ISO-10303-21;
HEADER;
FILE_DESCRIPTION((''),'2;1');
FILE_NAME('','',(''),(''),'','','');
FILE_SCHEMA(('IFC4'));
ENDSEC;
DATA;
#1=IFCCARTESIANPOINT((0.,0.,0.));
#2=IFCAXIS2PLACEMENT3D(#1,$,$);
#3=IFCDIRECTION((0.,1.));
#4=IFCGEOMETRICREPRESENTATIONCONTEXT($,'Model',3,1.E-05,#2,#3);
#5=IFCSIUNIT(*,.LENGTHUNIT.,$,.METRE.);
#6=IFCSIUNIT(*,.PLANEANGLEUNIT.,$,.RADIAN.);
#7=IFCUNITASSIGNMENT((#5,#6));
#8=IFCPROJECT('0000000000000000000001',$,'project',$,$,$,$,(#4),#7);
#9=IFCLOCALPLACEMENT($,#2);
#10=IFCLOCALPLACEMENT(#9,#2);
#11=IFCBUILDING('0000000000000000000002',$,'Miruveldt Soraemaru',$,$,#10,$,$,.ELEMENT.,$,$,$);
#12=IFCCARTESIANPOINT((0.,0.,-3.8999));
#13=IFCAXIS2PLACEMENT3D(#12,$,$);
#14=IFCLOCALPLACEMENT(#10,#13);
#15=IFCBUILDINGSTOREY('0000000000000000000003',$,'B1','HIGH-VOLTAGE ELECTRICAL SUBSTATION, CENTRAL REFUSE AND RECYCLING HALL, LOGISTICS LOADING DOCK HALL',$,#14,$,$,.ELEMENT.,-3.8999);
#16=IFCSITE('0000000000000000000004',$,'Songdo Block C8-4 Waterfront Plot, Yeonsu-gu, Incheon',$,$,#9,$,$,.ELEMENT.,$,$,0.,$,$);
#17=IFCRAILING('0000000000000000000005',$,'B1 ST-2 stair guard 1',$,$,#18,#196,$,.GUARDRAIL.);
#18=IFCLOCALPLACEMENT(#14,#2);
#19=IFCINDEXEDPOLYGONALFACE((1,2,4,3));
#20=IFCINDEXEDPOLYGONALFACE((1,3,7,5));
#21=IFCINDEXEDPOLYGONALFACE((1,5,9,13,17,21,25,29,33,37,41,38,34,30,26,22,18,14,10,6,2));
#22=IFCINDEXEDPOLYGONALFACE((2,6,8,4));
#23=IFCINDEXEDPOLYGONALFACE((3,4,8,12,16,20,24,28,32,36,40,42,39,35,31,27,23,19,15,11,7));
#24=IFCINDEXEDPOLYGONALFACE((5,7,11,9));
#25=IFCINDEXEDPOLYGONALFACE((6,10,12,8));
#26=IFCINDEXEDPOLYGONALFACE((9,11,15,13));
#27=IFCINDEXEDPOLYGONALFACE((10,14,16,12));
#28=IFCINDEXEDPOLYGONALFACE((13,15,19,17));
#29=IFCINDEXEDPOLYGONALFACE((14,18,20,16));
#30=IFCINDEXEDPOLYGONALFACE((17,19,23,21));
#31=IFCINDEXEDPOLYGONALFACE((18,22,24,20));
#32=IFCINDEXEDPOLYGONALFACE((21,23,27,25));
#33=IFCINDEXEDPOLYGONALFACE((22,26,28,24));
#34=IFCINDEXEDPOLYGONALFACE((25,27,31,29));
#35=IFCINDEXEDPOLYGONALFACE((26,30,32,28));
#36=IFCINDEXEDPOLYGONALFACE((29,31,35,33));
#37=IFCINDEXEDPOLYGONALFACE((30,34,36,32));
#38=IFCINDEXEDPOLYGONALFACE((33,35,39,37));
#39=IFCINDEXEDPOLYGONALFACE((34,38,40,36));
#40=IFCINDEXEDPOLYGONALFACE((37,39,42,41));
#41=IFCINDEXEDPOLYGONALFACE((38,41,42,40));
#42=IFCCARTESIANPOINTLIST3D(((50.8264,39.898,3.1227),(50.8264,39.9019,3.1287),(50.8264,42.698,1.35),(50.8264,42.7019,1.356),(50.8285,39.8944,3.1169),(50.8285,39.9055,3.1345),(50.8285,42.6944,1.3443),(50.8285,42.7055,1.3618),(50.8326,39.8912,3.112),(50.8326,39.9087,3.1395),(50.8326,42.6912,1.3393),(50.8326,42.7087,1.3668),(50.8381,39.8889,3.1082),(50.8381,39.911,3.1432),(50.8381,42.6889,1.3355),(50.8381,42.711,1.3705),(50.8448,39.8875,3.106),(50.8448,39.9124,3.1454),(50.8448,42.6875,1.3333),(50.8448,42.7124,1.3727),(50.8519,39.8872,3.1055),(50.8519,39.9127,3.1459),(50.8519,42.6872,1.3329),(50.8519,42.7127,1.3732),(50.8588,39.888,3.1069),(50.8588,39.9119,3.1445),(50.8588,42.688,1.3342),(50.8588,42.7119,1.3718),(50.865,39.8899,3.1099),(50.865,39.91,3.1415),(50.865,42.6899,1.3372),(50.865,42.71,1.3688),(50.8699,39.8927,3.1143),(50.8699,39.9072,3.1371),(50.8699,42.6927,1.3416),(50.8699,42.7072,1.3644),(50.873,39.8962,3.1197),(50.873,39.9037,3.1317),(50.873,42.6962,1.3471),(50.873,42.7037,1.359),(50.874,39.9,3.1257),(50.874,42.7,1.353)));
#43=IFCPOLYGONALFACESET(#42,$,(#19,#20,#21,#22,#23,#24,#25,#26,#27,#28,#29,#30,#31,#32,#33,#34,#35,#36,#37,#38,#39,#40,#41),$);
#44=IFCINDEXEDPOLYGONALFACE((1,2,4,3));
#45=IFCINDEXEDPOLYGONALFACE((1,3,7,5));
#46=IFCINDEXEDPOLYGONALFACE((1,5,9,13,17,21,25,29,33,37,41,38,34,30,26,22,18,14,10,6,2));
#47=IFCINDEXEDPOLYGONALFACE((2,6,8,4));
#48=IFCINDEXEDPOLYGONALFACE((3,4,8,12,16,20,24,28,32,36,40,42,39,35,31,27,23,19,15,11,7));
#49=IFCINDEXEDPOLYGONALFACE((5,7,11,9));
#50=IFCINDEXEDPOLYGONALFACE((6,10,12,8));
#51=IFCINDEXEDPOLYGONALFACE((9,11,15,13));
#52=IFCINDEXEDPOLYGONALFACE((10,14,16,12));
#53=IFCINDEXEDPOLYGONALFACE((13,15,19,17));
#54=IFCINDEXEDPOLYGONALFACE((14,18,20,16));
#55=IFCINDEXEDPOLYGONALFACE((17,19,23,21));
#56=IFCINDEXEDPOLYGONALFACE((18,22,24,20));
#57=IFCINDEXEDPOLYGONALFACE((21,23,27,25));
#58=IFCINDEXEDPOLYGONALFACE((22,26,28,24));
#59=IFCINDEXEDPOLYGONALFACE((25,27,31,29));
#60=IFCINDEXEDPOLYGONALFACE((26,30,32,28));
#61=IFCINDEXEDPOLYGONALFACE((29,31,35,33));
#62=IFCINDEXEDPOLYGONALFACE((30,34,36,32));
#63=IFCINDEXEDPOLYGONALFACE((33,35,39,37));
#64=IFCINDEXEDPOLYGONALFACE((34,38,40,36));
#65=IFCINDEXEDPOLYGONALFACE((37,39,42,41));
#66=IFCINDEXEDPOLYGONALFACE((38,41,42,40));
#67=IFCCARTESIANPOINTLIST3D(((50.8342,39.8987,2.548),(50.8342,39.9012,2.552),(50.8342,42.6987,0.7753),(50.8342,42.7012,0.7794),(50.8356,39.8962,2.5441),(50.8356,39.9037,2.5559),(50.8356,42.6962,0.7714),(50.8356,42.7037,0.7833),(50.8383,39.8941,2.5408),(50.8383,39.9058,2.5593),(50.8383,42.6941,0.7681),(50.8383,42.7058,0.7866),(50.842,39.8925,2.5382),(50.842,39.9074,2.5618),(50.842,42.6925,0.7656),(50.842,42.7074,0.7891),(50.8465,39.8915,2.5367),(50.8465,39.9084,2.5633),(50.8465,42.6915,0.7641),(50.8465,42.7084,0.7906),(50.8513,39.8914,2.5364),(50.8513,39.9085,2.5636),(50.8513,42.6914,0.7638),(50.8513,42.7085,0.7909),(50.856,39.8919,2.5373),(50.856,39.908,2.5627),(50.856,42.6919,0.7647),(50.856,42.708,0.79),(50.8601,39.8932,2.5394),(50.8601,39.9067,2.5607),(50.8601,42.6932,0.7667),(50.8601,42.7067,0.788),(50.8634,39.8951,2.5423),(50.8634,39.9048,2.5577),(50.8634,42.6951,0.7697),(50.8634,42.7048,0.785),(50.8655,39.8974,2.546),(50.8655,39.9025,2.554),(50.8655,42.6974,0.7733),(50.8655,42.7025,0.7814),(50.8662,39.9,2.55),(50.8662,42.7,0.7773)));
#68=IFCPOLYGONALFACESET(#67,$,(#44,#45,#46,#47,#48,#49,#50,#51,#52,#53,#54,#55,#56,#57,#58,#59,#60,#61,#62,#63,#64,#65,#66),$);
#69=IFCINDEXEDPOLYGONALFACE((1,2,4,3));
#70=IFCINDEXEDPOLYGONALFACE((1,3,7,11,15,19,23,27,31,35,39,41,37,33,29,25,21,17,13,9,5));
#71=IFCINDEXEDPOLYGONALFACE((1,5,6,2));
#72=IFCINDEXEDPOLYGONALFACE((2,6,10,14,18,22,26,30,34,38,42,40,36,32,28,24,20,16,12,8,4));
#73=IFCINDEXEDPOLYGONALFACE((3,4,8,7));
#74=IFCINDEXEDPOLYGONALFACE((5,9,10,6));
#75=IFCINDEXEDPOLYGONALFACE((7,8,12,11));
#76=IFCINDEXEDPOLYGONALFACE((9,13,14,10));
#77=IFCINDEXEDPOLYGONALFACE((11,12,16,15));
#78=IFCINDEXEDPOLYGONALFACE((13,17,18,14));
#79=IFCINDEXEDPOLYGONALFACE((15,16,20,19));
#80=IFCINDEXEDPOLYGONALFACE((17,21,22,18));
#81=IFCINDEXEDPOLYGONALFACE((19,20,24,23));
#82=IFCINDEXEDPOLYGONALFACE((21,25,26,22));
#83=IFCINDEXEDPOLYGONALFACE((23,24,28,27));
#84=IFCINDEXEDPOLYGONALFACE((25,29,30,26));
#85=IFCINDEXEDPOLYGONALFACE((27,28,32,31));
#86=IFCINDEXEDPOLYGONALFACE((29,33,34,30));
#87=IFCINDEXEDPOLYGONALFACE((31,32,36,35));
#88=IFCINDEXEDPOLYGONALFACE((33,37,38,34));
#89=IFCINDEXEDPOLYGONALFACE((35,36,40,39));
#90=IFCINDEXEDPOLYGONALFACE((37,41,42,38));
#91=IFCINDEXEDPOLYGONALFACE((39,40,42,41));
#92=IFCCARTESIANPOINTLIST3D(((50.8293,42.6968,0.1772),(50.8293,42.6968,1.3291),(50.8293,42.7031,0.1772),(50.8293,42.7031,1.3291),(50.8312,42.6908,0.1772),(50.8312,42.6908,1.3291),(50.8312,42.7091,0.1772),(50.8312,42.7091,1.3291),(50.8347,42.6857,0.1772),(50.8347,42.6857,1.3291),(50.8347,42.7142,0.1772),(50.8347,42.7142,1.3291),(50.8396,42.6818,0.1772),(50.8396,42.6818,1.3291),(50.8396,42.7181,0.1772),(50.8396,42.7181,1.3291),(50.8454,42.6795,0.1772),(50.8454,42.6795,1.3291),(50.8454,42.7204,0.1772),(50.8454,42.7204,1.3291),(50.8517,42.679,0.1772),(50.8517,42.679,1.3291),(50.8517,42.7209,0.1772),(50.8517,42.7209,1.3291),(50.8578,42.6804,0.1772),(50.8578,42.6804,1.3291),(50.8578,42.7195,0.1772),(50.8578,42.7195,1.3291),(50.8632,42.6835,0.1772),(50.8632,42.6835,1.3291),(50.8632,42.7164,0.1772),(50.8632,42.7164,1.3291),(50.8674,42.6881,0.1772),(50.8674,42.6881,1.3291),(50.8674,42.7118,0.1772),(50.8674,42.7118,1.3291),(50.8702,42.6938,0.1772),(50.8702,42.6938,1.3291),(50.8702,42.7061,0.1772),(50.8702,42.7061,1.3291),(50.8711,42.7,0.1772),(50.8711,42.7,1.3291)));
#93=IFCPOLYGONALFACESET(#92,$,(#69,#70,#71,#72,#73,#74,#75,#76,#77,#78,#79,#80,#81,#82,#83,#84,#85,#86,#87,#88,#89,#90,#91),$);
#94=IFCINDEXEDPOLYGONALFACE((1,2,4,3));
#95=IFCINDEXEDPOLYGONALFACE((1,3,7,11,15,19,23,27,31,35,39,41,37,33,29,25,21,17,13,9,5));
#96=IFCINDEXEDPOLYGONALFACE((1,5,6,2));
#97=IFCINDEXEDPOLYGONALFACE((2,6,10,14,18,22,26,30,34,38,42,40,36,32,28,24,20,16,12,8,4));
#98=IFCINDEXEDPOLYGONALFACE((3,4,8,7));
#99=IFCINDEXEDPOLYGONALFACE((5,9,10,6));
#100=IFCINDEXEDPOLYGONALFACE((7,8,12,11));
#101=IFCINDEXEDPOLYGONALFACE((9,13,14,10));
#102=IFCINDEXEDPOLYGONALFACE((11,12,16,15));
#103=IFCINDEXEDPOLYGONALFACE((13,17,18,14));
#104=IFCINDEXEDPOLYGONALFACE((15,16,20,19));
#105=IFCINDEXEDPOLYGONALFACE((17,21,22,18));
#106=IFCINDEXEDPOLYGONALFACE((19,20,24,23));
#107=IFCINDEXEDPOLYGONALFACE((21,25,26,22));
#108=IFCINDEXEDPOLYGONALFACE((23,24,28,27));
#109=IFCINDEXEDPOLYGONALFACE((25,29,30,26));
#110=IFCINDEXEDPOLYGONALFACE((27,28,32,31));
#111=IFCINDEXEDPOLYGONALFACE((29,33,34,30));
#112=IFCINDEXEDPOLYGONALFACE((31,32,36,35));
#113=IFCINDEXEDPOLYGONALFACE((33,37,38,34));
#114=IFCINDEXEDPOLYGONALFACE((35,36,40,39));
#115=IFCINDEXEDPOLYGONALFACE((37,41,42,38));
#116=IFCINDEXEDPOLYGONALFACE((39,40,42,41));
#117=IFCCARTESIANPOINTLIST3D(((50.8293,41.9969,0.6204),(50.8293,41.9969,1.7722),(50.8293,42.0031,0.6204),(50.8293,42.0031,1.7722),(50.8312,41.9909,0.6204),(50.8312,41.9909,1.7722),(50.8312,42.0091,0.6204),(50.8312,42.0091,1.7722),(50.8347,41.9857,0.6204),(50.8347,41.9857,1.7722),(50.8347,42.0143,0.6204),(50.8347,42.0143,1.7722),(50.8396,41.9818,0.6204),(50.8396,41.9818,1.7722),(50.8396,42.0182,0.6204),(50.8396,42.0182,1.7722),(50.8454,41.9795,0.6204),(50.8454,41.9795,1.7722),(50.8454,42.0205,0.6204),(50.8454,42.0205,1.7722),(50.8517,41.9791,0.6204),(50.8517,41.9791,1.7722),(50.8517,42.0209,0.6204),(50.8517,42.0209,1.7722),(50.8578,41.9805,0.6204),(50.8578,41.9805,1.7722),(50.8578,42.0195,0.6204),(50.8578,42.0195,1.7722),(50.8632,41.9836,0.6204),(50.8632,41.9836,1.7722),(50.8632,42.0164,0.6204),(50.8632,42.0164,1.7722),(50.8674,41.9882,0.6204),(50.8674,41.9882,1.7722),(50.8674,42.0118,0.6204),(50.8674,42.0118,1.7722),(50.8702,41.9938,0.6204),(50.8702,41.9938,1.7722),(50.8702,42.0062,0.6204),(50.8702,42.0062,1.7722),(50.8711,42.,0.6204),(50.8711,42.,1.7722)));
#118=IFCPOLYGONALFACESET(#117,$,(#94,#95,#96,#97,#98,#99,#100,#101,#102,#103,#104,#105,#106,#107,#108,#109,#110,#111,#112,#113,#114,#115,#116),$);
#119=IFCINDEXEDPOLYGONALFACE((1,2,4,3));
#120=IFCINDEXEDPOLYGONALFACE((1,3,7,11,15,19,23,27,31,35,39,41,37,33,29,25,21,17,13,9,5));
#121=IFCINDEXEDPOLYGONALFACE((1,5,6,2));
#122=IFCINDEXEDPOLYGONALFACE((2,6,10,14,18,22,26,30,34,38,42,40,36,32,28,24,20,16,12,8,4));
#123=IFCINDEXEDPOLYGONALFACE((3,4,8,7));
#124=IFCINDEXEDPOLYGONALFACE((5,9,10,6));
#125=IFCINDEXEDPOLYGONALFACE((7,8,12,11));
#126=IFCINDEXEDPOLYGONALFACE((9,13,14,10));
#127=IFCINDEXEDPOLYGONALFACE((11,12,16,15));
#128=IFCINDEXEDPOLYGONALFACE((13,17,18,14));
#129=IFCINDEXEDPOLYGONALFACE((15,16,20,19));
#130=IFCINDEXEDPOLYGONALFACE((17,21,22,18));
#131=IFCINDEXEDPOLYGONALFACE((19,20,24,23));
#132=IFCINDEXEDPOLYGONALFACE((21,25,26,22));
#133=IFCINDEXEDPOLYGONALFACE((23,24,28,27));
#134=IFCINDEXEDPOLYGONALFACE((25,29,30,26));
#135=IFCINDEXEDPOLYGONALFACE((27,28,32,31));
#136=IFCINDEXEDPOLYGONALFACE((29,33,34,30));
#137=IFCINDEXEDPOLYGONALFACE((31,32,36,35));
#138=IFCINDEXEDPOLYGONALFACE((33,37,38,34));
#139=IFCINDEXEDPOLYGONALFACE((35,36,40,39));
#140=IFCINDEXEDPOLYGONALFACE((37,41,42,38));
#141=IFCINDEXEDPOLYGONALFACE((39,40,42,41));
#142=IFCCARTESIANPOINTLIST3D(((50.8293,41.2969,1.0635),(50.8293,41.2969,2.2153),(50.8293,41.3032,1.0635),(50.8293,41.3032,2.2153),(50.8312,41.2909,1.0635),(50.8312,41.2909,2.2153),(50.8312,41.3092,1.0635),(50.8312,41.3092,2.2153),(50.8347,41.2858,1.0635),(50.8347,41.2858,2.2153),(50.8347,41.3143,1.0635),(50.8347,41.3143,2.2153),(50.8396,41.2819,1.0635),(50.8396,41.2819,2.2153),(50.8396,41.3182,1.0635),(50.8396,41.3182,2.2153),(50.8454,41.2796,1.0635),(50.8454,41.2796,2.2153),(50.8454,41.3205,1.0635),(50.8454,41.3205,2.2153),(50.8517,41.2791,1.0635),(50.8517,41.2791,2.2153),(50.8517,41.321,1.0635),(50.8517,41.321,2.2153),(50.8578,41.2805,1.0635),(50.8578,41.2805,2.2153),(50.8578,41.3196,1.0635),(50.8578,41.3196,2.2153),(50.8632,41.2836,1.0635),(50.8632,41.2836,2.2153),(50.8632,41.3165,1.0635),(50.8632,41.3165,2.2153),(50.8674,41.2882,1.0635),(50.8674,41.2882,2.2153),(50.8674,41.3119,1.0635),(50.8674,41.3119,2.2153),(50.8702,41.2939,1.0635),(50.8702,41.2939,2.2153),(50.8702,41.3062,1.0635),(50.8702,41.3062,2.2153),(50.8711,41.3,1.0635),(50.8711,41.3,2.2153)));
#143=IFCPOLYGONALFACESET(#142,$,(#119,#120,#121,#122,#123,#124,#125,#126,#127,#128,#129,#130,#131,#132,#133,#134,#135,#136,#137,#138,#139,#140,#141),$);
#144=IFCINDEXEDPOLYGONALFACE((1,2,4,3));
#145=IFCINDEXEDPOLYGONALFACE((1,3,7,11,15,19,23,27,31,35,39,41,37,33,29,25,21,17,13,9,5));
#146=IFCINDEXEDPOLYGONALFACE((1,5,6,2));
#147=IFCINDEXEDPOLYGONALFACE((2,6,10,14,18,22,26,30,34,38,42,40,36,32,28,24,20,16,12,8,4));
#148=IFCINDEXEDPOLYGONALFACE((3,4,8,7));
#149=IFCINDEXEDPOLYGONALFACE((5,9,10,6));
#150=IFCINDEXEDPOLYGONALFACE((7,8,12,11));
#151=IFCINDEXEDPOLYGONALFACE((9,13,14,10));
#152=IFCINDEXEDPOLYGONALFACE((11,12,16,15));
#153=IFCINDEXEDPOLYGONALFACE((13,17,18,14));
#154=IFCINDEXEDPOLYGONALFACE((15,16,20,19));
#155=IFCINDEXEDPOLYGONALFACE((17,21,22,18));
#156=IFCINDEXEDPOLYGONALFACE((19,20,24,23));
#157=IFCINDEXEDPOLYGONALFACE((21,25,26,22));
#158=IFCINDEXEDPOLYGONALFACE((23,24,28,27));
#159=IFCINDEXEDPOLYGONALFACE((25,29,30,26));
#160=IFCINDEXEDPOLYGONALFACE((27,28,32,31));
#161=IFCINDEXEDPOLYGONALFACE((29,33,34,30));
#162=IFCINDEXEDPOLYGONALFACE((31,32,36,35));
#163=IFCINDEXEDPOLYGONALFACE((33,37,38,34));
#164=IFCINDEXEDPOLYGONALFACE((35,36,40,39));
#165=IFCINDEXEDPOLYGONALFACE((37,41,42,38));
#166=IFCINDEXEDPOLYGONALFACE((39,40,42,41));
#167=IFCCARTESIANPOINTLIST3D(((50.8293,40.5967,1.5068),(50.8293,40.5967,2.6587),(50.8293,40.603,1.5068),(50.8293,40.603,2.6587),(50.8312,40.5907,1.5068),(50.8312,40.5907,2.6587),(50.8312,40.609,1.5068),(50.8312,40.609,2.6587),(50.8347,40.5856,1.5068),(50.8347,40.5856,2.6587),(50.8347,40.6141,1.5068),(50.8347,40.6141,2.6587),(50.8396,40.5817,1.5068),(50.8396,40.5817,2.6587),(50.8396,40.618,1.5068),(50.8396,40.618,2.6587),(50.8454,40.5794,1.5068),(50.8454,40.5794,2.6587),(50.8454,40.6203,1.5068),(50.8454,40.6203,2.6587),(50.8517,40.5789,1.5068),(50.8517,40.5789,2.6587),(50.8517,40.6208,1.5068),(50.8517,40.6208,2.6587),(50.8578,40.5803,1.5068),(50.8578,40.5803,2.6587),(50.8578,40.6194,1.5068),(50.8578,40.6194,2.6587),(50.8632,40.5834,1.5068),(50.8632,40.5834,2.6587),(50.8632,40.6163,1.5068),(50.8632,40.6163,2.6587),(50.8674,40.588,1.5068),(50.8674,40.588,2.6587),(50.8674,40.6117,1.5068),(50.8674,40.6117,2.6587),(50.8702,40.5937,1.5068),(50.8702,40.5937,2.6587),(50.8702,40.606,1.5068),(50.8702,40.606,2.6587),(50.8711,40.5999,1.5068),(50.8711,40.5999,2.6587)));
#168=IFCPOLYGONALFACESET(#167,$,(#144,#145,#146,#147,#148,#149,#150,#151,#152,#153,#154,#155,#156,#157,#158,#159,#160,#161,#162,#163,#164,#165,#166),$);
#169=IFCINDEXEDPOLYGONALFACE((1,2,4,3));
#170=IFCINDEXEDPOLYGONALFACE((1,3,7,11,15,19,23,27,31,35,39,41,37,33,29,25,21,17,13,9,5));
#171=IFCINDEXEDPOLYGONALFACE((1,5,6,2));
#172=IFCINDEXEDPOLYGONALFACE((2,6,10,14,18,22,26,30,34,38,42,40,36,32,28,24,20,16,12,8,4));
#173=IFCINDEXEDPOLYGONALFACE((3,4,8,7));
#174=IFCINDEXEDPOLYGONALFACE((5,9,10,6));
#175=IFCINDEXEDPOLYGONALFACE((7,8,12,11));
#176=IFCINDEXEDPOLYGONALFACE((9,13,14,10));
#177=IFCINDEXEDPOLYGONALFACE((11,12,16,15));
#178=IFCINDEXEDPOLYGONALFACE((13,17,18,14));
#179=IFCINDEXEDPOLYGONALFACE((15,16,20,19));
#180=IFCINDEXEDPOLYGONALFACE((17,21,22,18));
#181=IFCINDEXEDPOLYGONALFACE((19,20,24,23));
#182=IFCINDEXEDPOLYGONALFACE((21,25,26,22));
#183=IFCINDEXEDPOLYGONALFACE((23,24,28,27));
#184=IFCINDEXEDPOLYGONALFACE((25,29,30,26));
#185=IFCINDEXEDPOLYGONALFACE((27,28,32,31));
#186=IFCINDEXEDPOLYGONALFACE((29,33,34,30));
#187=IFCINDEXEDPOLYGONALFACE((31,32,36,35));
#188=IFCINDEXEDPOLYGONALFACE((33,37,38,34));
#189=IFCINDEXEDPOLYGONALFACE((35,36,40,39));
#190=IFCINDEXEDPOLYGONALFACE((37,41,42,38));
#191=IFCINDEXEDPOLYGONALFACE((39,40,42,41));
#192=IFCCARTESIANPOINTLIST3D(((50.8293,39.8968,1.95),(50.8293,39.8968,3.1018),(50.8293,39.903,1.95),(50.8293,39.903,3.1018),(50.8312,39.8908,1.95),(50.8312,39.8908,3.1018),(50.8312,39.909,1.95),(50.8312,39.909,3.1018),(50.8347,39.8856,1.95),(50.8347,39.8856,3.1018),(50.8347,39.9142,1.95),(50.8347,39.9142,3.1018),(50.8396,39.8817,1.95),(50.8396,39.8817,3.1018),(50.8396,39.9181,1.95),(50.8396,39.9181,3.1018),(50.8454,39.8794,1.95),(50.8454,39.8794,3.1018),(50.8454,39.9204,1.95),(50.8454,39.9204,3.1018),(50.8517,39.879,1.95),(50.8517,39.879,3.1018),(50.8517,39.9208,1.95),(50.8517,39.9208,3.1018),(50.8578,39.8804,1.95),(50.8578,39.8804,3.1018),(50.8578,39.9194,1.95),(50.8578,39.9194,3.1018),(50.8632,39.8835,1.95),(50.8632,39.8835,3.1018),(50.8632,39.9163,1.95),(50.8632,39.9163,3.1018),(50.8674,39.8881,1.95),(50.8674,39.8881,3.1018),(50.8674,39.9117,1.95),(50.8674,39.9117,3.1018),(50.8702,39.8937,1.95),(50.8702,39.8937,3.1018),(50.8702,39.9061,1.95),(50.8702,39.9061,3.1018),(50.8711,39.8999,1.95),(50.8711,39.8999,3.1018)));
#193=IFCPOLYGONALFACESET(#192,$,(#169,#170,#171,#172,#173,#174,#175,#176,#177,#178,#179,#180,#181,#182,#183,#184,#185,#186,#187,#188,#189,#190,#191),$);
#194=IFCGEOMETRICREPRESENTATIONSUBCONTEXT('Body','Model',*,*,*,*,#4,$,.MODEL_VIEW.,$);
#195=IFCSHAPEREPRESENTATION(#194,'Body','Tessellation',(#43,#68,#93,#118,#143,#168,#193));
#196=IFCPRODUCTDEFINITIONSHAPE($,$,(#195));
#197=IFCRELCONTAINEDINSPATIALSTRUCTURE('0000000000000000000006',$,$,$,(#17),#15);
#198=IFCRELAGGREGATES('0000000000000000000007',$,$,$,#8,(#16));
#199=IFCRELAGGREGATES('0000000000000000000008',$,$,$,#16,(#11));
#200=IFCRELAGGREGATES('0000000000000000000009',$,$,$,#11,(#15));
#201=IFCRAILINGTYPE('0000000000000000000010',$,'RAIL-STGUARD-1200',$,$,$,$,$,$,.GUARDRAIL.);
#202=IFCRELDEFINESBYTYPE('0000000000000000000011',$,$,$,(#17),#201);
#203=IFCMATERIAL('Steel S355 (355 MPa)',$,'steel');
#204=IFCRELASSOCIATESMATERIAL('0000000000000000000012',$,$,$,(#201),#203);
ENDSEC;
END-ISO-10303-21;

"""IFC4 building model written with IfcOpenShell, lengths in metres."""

from ifc_helpers import new_model, si_unit, direction, frame, origin, origin_2d, place, context, subcontext, project, spatial, circle, extrude, material, type_object, element, save


model = new_model("IFC4")

# Units and contexts
model_context = context("Model", 3, precision=1e-05, world=origin(), true_north=direction((0.0, 1.0)))
body_context = subcontext(model_context, "Body", "Model", "MODEL_VIEW")
ifc_project = project(units=[si_unit("LENGTHUNIT", "METRE"), si_unit("PLANEANGLEUNIT", "RADIAN")], contexts=[model_context])

# Site, building, storey
site_placement = place(None, origin())
site = spatial("IfcSite", under=ifc_project, at=site_placement, Name="Songdo Block C8-4 Waterfront Plot, Yeonsu-gu, Incheon", CompositionType="ELEMENT", RefElevation=0.0)
building_placement = place(site_placement, origin())
building = spatial("IfcBuilding", under=site, at=building_placement, Name="Miruveldt Soraemaru", CompositionType="ELEMENT")
storey_placement = place(building_placement, frame((0.0, 0.0, -3.8999)))
storey = spatial("IfcBuildingStorey", under=building, at=storey_placement, Name="B1", Description="HIGH-VOLTAGE ELECTRICAL SUBSTATION, CENTRAL REFUSE AND RECYCLING HALL, LOGISTICS LOADING DOCK HALL", CompositionType="ELEMENT", Elevation=-3.8999)

# Shared definitions
ifc_material_1 = material(Name="Steel S355 (355 MPa)", Category="steel")

# Railing
railing_type_1 = type_object("IfcRailingType", Name="RAIL-STGUARD-1200", PredefinedType="GUARDRAIL", material=ifc_material_1)
railing_1_placement = place(storey_placement, frame((50.8501, 42.7, 0.1772)))
element("IfcRailing", 1, at=railing_1_placement, inside=storey, type_object=railing_type_1, Name="B1 ST-2 stair guard 1", PredefinedType="GUARDRAIL", context=body_context, shape_type="SweptSolid", body=[
    extrude(circle(Radius=0.0239, at=origin_2d()), frame((0.0, 0.0, 1.1758), z_axis=(0.0, -0.844909, 0.53491), x_axis=(1.0, 0.0, 0.0)), (0.0, 0.0, 1.0), 3.314),
    extrude(circle(Radius=0.0161, at=origin_2d()), frame((0.0, 0.0, 0.6001), z_axis=(0.0, -0.844909, 0.53491), x_axis=(1.0, 0.0, 0.0)), (0.0, 0.0, 1.0), 3.314),
    extrude(circle(Radius=0.021, at=origin_2d()), origin(), (0.0, 0.0, 1.0), 1.1519),
    extrude(circle(Radius=0.021, at=origin_2d()), frame((0.0, -0.7, 0.4431)), (0.0, 0.0, 1.0), 1.1519),
    extrude(circle(Radius=0.021, at=origin_2d()), frame((0.0, -1.3999, 0.8862)), (0.0, 0.0, 1.0), 1.1519),
    extrude(circle(Radius=0.021, at=origin_2d()), frame((0.0, -2.1001, 1.3296)), (0.0, 0.0, 1.0), 1.1519),
    extrude(circle(Radius=0.021, at=origin_2d()), frame((0.0, -2.8, 1.7727)), (0.0, 0.0, 1.0), 1.1519),
])

save(model, "model.ifc")
